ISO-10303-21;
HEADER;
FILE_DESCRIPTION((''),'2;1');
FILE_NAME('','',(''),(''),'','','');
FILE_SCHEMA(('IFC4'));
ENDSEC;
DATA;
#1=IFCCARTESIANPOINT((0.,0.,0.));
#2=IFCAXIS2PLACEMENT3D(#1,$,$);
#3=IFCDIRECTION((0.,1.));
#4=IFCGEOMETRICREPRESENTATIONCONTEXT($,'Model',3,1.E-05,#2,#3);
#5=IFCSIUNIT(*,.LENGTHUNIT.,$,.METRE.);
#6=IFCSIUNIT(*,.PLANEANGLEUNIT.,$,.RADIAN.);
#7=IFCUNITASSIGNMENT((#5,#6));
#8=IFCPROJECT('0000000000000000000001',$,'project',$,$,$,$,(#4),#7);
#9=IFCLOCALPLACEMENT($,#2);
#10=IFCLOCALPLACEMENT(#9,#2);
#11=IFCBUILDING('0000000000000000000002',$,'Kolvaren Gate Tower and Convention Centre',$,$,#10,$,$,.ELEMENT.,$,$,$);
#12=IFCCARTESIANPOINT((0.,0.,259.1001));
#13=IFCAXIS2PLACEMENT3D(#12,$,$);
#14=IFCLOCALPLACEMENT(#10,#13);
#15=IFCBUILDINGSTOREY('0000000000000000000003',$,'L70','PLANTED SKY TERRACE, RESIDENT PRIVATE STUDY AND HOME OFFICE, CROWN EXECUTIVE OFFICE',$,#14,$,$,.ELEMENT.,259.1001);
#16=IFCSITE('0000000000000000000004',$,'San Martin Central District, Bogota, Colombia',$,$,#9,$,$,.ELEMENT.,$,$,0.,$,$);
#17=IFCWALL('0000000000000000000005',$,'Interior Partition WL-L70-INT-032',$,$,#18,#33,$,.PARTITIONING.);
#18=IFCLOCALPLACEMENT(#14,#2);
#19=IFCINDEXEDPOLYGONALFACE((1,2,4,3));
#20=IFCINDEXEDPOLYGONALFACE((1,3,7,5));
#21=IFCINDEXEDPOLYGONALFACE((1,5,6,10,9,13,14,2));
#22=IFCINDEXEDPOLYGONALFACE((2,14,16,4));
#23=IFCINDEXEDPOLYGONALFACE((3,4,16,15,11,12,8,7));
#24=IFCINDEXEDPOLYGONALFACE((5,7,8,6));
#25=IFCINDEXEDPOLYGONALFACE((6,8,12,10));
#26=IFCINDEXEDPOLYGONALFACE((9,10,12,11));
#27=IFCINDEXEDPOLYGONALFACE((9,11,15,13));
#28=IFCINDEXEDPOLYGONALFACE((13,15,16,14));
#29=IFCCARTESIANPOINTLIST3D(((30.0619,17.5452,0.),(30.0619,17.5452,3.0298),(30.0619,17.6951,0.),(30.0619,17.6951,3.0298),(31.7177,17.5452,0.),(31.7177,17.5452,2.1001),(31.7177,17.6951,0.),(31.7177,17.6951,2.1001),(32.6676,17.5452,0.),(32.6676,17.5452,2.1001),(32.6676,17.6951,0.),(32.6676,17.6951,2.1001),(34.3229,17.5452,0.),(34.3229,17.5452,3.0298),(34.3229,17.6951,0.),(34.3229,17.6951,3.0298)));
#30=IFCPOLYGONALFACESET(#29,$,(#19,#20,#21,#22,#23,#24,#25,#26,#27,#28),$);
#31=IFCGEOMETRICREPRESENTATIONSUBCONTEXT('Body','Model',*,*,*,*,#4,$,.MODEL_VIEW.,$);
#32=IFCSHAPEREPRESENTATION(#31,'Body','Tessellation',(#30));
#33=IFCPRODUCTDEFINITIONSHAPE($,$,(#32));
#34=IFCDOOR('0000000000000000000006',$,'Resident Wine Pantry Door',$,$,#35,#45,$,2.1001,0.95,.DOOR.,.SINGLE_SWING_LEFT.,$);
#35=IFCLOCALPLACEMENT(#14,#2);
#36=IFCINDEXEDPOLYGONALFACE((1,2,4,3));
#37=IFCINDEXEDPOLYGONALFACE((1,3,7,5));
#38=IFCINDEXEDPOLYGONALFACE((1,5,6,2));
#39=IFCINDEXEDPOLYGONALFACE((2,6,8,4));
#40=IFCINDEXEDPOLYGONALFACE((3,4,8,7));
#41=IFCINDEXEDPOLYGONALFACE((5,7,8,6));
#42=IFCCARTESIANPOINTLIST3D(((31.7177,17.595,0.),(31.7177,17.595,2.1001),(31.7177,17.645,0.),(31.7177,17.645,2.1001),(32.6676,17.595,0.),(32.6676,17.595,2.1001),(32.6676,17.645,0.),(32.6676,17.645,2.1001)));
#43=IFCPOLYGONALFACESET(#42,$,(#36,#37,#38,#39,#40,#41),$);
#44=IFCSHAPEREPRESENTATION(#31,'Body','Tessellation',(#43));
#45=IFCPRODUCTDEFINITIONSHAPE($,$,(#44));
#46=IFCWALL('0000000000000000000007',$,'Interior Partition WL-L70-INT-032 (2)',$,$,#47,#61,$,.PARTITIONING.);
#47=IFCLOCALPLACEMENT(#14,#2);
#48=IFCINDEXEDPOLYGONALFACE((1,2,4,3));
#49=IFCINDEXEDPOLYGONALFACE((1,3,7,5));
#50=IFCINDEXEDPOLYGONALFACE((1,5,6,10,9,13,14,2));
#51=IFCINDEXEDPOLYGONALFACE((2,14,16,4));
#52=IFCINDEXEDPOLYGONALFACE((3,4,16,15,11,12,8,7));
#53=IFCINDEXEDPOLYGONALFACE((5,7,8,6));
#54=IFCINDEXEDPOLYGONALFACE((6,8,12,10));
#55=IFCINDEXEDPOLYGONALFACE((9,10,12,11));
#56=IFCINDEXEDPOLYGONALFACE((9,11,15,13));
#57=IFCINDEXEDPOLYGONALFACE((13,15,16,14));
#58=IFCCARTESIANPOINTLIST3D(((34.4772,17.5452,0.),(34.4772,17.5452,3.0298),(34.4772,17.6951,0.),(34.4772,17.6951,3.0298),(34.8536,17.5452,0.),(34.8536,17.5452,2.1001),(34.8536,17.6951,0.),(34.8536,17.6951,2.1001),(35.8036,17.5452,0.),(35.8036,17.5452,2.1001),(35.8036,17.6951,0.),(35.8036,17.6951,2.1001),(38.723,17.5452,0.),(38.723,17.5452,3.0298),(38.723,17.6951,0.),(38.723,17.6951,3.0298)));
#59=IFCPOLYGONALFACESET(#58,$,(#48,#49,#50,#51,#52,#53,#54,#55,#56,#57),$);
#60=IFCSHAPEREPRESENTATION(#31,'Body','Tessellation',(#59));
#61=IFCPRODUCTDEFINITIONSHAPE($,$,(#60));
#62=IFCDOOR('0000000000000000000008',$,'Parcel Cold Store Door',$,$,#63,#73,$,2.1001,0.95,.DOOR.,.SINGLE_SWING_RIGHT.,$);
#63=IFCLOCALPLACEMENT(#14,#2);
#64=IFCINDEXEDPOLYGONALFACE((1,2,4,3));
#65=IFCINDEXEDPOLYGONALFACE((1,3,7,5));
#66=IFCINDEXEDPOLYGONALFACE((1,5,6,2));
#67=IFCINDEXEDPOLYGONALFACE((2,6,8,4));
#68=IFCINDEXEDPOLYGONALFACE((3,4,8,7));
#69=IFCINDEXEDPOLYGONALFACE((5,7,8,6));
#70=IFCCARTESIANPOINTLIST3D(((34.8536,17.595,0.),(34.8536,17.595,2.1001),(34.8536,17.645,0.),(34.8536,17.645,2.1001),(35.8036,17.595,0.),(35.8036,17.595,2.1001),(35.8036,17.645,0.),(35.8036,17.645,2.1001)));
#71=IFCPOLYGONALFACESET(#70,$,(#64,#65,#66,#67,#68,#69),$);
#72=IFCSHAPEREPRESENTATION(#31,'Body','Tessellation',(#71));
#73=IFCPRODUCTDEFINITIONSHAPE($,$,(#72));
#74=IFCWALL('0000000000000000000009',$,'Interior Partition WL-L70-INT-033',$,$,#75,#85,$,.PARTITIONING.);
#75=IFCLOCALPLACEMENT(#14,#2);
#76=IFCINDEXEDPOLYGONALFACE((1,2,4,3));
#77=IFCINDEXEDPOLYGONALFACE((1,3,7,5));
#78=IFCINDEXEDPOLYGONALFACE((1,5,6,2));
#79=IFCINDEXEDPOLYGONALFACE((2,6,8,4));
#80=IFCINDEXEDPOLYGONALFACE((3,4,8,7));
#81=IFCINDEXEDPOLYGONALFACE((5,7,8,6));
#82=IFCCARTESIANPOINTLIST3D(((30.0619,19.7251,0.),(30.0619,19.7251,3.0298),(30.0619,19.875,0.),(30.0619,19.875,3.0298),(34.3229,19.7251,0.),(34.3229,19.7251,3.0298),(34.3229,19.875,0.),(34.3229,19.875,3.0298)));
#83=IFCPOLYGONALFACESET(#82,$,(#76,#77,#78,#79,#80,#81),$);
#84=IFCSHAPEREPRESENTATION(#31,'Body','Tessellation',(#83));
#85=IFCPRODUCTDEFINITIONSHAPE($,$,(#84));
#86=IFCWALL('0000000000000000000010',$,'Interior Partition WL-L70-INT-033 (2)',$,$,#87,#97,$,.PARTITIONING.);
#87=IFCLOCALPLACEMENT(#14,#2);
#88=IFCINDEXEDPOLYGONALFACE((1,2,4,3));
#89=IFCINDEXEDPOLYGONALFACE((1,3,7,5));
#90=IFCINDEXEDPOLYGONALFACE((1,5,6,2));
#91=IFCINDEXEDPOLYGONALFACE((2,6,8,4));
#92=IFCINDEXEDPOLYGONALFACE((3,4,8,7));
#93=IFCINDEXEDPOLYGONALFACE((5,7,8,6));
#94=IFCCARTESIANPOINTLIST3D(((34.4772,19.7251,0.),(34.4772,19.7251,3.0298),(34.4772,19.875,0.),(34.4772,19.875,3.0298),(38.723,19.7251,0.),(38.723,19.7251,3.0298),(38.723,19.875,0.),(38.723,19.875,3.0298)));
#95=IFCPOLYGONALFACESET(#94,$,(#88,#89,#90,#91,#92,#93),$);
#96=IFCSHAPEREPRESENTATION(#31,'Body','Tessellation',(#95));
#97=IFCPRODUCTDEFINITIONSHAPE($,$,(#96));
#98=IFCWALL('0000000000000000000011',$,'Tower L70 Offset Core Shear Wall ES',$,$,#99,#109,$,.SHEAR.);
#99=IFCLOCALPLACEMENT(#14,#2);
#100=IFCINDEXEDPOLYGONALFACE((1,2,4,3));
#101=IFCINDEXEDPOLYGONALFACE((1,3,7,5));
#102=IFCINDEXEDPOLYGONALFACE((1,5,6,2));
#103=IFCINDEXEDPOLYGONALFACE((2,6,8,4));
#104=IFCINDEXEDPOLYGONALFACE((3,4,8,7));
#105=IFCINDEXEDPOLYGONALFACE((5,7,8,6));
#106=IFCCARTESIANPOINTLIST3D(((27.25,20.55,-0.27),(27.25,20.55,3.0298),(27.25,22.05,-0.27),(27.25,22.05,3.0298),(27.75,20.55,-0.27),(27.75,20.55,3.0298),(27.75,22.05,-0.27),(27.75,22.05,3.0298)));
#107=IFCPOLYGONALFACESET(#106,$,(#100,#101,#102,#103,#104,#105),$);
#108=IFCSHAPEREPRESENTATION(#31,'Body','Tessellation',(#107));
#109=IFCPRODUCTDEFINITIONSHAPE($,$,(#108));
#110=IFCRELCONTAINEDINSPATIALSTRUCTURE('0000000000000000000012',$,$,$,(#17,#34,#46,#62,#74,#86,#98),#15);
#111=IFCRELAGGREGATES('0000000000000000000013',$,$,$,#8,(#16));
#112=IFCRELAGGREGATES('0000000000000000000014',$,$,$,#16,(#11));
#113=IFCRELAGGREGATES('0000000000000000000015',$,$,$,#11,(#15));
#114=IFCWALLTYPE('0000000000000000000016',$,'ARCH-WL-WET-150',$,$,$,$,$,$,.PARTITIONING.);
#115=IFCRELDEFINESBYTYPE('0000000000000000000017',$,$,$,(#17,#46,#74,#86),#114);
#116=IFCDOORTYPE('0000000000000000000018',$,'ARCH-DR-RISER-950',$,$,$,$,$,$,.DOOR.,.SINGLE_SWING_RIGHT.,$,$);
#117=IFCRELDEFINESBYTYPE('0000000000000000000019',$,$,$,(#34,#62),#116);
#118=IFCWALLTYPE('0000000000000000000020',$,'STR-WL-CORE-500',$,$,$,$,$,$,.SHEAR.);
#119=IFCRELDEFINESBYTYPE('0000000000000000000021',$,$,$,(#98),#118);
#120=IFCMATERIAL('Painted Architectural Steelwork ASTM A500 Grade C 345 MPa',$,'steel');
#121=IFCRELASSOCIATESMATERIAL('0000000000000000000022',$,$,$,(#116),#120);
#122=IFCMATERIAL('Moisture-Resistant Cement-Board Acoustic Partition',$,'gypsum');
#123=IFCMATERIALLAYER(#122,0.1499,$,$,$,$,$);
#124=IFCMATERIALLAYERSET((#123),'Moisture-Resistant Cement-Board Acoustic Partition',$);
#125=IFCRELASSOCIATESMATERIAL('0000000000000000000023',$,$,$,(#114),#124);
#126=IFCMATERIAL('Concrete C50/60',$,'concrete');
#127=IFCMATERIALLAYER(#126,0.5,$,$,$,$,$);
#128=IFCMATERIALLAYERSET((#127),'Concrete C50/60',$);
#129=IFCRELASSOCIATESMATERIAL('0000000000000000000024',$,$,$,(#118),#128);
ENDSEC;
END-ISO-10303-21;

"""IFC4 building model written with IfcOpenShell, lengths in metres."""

from ifc_helpers import new_model, si_unit, direction, frame, frame_2d, origin, place, context, subcontext, project, spatial, rectangle, extrude, material, layer, layer_set, type_object, element, fill, save


model = new_model("IFC4")

# Units and contexts
model_context = context("Model", 3, precision=1e-05, world=origin(), true_north=direction((0.0, 1.0)))
body_context = subcontext(model_context, "Body", "Model", "MODEL_VIEW")
ifc_project = project(units=[si_unit("LENGTHUNIT", "METRE"), si_unit("PLANEANGLEUNIT", "RADIAN")], contexts=[model_context])

# Site, building, storey
site_placement = place(None, origin())
site = spatial("IfcSite", under=ifc_project, at=site_placement, Name="San Martin Central District, Bogota, Colombia", CompositionType="ELEMENT", RefElevation=0.0)
building_placement = place(site_placement, origin())
building = spatial("IfcBuilding", under=site, at=building_placement, Name="Kolvaren Gate Tower and Convention Centre", CompositionType="ELEMENT")
storey_placement = place(building_placement, frame((0.0, 0.0, 259.1001)))
storey = spatial("IfcBuildingStorey", under=building, at=storey_placement, Name="L70", Description="PLANTED SKY TERRACE, RESIDENT PRIVATE STUDY AND HOME OFFICE, CROWN EXECUTIVE OFFICE", CompositionType="ELEMENT", Elevation=259.1001)

# Shared definitions
ifc_material_1 = material(Name="Painted Architectural Steelwork ASTM A500 Grade C 345 MPa", Category="steel")
door_type_1 = type_object("IfcDoorType", Name="ARCH-DR-RISER-950", OperationType="SINGLE_SWING_RIGHT", PredefinedType="DOOR", material=ifc_material_1)

# Shared definitions
ifc_material_2 = material(Name="Moisture-Resistant Cement-Board Acoustic Partition", Category="gypsum")
ifc_layer_1 = layer(ifc_material_2, 0.1499)
ifc_layer_set_1 = layer_set([ifc_layer_1], Name="Moisture-Resistant Cement-Board Acoustic Partition")
wall_type_1 = type_object("IfcWallType", Name="ARCH-WL-WET-150", PredefinedType="PARTITIONING", material=ifc_layer_set_1)

# Walls, openings, doors
wall_1_placement = place(storey_placement, frame((30.062, 17.6201, 0.0), z_axis=(0.0, 0.0, 1.0), x_axis=(1.0, 0.0, 0.0)))
wall_1 = element("IfcWall", 1, at=wall_1_placement, inside=storey, type_object=wall_type_1, Name="Interior Partition WL-L70-INT-032", PredefinedType="PARTITIONING", context=body_context, shape_type="SweptSolid", body=[
    extrude(rectangle(XDim=4.261, YDim=0.1499, at=frame_2d((2.1304, 0.0))), origin(), (0.0, 0.0, 1.0), 3.0298),
])
opening_1_placement = place(wall_1_placement, frame((1.6555, 0.0, 0.0)))
opening_1 = element("IfcOpeningElement", 2, at=opening_1_placement, cuts=wall_1, PredefinedType="OPENING", context=body_context, shape_type="SweptSolid", body=[
    extrude(rectangle(XDim=0.95, YDim=2.1001, at=frame_2d((0.4751, 1.05))), frame((0.0, 0.085, 0.0), z_axis=(0.0, -1.0, 0.0), x_axis=(1.0, 0.0, 0.0)), (0.0, 0.0, 1.0), 0.1699),
])
door_1_placement = place(opening_1_placement, origin())
door_1 = element("IfcDoor", 3, at=door_1_placement, inside=storey, type_object=door_type_1, Name="Resident Wine Pantry Door", OperationType="SINGLE_SWING_LEFT", OverallHeight=2.1001, OverallWidth=0.95, PredefinedType="DOOR", context=body_context, shape_type="SweptSolid", body=[
    extrude(rectangle(XDim=0.95, YDim=2.1001, at=frame_2d((0.4751, 1.05))), frame((0.0, 0.0249, 0.0), z_axis=(0.0, -1.0, 0.0), x_axis=(1.0, 0.0, 0.0)), (0.0, 0.0, 1.0), 0.05),
])
fill(opening_1, door_1)
wall_2_placement = place(storey_placement, frame((34.4771, 17.6201, 0.0), z_axis=(0.0, 0.0, 1.0), x_axis=(1.0, 0.0, 0.0)))
wall_2 = element("IfcWall", 4, at=wall_2_placement, inside=storey, type_object=wall_type_1, Name="Interior Partition WL-L70-INT-032 (2)", PredefinedType="PARTITIONING", context=body_context, shape_type="SweptSolid", body=[
    extrude(rectangle(XDim=4.2458, YDim=0.1499, at=frame_2d((2.123, 0.0))), origin(), (0.0, 0.0, 1.0), 3.0298),
])
opening_2_placement = place(wall_2_placement, frame((0.3765, 0.0, 0.0)))
opening_2 = element("IfcOpeningElement", 5, at=opening_2_placement, cuts=wall_2, PredefinedType="OPENING", context=body_context, shape_type="SweptSolid", body=[
    extrude(rectangle(XDim=0.95, YDim=2.1001, at=frame_2d((0.4751, 1.05))), frame((0.0, 0.085, 0.0), z_axis=(0.0, -1.0, 0.0), x_axis=(1.0, 0.0, 0.0)), (0.0, 0.0, 1.0), 0.1699),
])
door_2_placement = place(opening_2_placement, origin())
door_2 = element("IfcDoor", 6, at=door_2_placement, inside=storey, type_object=door_type_1, Name="Parcel Cold Store Door", OperationType="SINGLE_SWING_RIGHT", OverallHeight=2.1001, OverallWidth=0.95, PredefinedType="DOOR", context=body_context, shape_type="SweptSolid", body=[
    extrude(rectangle(XDim=0.95, YDim=2.1001, at=frame_2d((0.4751, 1.05))), frame((0.0, 0.0249, 0.0), z_axis=(0.0, -1.0, 0.0), x_axis=(1.0, 0.0, 0.0)), (0.0, 0.0, 1.0), 0.05),
])
fill(opening_2, door_2)

# Walls
wall_3_placement = place(storey_placement, frame((30.062, 19.8, 0.0), z_axis=(0.0, 0.0, 1.0), x_axis=(1.0, 0.0, 0.0)))
element("IfcWall", 7, at=wall_3_placement, inside=storey, type_object=wall_type_1, Name="Interior Partition WL-L70-INT-033", PredefinedType="PARTITIONING", context=body_context, shape_type="SweptSolid", body=[
    extrude(rectangle(XDim=4.261, YDim=0.1499, at=frame_2d((2.1304, 0.0))), origin(), (0.0, 0.0, 1.0), 3.0298),
])
wall_4_placement = place(storey_placement, frame((34.4771, 19.8, 0.0), z_axis=(0.0, 0.0, 1.0), x_axis=(1.0, 0.0, 0.0)))
element("IfcWall", 8, at=wall_4_placement, inside=storey, type_object=wall_type_1, Name="Interior Partition WL-L70-INT-033 (2)", PredefinedType="PARTITIONING", context=body_context, shape_type="SweptSolid", body=[
    extrude(rectangle(XDim=4.2458, YDim=0.1499, at=frame_2d((2.123, 0.0))), origin(), (0.0, 0.0, 1.0), 3.0298),
])
ifc_material_3 = material(Name="Concrete C50/60", Category="concrete")
ifc_layer_2 = layer(ifc_material_3, 0.5)
ifc_layer_set_2 = layer_set([ifc_layer_2], Name="Concrete C50/60")
wall_type_2 = type_object("IfcWallType", Name="STR-WL-CORE-500", PredefinedType="SHEAR", material=ifc_layer_set_2)
wall_5_placement = place(storey_placement, frame((27.5, 20.55, -0.27), z_axis=(0.0, 0.0, 1.0), x_axis=(0.0, 1.0, 0.0)))
element("IfcWall", 9, at=wall_5_placement, inside=storey, type_object=wall_type_2, Name="Tower L70 Offset Core Shear Wall ES", PredefinedType="SHEAR", context=body_context, shape_type="SweptSolid", body=[
    extrude(rectangle(XDim=1.5, YDim=0.5, at=frame_2d((0.75, 0.0))), origin(), (0.0, 0.0, 1.0), 3.2998),
])

save(model, "model.ifc")
